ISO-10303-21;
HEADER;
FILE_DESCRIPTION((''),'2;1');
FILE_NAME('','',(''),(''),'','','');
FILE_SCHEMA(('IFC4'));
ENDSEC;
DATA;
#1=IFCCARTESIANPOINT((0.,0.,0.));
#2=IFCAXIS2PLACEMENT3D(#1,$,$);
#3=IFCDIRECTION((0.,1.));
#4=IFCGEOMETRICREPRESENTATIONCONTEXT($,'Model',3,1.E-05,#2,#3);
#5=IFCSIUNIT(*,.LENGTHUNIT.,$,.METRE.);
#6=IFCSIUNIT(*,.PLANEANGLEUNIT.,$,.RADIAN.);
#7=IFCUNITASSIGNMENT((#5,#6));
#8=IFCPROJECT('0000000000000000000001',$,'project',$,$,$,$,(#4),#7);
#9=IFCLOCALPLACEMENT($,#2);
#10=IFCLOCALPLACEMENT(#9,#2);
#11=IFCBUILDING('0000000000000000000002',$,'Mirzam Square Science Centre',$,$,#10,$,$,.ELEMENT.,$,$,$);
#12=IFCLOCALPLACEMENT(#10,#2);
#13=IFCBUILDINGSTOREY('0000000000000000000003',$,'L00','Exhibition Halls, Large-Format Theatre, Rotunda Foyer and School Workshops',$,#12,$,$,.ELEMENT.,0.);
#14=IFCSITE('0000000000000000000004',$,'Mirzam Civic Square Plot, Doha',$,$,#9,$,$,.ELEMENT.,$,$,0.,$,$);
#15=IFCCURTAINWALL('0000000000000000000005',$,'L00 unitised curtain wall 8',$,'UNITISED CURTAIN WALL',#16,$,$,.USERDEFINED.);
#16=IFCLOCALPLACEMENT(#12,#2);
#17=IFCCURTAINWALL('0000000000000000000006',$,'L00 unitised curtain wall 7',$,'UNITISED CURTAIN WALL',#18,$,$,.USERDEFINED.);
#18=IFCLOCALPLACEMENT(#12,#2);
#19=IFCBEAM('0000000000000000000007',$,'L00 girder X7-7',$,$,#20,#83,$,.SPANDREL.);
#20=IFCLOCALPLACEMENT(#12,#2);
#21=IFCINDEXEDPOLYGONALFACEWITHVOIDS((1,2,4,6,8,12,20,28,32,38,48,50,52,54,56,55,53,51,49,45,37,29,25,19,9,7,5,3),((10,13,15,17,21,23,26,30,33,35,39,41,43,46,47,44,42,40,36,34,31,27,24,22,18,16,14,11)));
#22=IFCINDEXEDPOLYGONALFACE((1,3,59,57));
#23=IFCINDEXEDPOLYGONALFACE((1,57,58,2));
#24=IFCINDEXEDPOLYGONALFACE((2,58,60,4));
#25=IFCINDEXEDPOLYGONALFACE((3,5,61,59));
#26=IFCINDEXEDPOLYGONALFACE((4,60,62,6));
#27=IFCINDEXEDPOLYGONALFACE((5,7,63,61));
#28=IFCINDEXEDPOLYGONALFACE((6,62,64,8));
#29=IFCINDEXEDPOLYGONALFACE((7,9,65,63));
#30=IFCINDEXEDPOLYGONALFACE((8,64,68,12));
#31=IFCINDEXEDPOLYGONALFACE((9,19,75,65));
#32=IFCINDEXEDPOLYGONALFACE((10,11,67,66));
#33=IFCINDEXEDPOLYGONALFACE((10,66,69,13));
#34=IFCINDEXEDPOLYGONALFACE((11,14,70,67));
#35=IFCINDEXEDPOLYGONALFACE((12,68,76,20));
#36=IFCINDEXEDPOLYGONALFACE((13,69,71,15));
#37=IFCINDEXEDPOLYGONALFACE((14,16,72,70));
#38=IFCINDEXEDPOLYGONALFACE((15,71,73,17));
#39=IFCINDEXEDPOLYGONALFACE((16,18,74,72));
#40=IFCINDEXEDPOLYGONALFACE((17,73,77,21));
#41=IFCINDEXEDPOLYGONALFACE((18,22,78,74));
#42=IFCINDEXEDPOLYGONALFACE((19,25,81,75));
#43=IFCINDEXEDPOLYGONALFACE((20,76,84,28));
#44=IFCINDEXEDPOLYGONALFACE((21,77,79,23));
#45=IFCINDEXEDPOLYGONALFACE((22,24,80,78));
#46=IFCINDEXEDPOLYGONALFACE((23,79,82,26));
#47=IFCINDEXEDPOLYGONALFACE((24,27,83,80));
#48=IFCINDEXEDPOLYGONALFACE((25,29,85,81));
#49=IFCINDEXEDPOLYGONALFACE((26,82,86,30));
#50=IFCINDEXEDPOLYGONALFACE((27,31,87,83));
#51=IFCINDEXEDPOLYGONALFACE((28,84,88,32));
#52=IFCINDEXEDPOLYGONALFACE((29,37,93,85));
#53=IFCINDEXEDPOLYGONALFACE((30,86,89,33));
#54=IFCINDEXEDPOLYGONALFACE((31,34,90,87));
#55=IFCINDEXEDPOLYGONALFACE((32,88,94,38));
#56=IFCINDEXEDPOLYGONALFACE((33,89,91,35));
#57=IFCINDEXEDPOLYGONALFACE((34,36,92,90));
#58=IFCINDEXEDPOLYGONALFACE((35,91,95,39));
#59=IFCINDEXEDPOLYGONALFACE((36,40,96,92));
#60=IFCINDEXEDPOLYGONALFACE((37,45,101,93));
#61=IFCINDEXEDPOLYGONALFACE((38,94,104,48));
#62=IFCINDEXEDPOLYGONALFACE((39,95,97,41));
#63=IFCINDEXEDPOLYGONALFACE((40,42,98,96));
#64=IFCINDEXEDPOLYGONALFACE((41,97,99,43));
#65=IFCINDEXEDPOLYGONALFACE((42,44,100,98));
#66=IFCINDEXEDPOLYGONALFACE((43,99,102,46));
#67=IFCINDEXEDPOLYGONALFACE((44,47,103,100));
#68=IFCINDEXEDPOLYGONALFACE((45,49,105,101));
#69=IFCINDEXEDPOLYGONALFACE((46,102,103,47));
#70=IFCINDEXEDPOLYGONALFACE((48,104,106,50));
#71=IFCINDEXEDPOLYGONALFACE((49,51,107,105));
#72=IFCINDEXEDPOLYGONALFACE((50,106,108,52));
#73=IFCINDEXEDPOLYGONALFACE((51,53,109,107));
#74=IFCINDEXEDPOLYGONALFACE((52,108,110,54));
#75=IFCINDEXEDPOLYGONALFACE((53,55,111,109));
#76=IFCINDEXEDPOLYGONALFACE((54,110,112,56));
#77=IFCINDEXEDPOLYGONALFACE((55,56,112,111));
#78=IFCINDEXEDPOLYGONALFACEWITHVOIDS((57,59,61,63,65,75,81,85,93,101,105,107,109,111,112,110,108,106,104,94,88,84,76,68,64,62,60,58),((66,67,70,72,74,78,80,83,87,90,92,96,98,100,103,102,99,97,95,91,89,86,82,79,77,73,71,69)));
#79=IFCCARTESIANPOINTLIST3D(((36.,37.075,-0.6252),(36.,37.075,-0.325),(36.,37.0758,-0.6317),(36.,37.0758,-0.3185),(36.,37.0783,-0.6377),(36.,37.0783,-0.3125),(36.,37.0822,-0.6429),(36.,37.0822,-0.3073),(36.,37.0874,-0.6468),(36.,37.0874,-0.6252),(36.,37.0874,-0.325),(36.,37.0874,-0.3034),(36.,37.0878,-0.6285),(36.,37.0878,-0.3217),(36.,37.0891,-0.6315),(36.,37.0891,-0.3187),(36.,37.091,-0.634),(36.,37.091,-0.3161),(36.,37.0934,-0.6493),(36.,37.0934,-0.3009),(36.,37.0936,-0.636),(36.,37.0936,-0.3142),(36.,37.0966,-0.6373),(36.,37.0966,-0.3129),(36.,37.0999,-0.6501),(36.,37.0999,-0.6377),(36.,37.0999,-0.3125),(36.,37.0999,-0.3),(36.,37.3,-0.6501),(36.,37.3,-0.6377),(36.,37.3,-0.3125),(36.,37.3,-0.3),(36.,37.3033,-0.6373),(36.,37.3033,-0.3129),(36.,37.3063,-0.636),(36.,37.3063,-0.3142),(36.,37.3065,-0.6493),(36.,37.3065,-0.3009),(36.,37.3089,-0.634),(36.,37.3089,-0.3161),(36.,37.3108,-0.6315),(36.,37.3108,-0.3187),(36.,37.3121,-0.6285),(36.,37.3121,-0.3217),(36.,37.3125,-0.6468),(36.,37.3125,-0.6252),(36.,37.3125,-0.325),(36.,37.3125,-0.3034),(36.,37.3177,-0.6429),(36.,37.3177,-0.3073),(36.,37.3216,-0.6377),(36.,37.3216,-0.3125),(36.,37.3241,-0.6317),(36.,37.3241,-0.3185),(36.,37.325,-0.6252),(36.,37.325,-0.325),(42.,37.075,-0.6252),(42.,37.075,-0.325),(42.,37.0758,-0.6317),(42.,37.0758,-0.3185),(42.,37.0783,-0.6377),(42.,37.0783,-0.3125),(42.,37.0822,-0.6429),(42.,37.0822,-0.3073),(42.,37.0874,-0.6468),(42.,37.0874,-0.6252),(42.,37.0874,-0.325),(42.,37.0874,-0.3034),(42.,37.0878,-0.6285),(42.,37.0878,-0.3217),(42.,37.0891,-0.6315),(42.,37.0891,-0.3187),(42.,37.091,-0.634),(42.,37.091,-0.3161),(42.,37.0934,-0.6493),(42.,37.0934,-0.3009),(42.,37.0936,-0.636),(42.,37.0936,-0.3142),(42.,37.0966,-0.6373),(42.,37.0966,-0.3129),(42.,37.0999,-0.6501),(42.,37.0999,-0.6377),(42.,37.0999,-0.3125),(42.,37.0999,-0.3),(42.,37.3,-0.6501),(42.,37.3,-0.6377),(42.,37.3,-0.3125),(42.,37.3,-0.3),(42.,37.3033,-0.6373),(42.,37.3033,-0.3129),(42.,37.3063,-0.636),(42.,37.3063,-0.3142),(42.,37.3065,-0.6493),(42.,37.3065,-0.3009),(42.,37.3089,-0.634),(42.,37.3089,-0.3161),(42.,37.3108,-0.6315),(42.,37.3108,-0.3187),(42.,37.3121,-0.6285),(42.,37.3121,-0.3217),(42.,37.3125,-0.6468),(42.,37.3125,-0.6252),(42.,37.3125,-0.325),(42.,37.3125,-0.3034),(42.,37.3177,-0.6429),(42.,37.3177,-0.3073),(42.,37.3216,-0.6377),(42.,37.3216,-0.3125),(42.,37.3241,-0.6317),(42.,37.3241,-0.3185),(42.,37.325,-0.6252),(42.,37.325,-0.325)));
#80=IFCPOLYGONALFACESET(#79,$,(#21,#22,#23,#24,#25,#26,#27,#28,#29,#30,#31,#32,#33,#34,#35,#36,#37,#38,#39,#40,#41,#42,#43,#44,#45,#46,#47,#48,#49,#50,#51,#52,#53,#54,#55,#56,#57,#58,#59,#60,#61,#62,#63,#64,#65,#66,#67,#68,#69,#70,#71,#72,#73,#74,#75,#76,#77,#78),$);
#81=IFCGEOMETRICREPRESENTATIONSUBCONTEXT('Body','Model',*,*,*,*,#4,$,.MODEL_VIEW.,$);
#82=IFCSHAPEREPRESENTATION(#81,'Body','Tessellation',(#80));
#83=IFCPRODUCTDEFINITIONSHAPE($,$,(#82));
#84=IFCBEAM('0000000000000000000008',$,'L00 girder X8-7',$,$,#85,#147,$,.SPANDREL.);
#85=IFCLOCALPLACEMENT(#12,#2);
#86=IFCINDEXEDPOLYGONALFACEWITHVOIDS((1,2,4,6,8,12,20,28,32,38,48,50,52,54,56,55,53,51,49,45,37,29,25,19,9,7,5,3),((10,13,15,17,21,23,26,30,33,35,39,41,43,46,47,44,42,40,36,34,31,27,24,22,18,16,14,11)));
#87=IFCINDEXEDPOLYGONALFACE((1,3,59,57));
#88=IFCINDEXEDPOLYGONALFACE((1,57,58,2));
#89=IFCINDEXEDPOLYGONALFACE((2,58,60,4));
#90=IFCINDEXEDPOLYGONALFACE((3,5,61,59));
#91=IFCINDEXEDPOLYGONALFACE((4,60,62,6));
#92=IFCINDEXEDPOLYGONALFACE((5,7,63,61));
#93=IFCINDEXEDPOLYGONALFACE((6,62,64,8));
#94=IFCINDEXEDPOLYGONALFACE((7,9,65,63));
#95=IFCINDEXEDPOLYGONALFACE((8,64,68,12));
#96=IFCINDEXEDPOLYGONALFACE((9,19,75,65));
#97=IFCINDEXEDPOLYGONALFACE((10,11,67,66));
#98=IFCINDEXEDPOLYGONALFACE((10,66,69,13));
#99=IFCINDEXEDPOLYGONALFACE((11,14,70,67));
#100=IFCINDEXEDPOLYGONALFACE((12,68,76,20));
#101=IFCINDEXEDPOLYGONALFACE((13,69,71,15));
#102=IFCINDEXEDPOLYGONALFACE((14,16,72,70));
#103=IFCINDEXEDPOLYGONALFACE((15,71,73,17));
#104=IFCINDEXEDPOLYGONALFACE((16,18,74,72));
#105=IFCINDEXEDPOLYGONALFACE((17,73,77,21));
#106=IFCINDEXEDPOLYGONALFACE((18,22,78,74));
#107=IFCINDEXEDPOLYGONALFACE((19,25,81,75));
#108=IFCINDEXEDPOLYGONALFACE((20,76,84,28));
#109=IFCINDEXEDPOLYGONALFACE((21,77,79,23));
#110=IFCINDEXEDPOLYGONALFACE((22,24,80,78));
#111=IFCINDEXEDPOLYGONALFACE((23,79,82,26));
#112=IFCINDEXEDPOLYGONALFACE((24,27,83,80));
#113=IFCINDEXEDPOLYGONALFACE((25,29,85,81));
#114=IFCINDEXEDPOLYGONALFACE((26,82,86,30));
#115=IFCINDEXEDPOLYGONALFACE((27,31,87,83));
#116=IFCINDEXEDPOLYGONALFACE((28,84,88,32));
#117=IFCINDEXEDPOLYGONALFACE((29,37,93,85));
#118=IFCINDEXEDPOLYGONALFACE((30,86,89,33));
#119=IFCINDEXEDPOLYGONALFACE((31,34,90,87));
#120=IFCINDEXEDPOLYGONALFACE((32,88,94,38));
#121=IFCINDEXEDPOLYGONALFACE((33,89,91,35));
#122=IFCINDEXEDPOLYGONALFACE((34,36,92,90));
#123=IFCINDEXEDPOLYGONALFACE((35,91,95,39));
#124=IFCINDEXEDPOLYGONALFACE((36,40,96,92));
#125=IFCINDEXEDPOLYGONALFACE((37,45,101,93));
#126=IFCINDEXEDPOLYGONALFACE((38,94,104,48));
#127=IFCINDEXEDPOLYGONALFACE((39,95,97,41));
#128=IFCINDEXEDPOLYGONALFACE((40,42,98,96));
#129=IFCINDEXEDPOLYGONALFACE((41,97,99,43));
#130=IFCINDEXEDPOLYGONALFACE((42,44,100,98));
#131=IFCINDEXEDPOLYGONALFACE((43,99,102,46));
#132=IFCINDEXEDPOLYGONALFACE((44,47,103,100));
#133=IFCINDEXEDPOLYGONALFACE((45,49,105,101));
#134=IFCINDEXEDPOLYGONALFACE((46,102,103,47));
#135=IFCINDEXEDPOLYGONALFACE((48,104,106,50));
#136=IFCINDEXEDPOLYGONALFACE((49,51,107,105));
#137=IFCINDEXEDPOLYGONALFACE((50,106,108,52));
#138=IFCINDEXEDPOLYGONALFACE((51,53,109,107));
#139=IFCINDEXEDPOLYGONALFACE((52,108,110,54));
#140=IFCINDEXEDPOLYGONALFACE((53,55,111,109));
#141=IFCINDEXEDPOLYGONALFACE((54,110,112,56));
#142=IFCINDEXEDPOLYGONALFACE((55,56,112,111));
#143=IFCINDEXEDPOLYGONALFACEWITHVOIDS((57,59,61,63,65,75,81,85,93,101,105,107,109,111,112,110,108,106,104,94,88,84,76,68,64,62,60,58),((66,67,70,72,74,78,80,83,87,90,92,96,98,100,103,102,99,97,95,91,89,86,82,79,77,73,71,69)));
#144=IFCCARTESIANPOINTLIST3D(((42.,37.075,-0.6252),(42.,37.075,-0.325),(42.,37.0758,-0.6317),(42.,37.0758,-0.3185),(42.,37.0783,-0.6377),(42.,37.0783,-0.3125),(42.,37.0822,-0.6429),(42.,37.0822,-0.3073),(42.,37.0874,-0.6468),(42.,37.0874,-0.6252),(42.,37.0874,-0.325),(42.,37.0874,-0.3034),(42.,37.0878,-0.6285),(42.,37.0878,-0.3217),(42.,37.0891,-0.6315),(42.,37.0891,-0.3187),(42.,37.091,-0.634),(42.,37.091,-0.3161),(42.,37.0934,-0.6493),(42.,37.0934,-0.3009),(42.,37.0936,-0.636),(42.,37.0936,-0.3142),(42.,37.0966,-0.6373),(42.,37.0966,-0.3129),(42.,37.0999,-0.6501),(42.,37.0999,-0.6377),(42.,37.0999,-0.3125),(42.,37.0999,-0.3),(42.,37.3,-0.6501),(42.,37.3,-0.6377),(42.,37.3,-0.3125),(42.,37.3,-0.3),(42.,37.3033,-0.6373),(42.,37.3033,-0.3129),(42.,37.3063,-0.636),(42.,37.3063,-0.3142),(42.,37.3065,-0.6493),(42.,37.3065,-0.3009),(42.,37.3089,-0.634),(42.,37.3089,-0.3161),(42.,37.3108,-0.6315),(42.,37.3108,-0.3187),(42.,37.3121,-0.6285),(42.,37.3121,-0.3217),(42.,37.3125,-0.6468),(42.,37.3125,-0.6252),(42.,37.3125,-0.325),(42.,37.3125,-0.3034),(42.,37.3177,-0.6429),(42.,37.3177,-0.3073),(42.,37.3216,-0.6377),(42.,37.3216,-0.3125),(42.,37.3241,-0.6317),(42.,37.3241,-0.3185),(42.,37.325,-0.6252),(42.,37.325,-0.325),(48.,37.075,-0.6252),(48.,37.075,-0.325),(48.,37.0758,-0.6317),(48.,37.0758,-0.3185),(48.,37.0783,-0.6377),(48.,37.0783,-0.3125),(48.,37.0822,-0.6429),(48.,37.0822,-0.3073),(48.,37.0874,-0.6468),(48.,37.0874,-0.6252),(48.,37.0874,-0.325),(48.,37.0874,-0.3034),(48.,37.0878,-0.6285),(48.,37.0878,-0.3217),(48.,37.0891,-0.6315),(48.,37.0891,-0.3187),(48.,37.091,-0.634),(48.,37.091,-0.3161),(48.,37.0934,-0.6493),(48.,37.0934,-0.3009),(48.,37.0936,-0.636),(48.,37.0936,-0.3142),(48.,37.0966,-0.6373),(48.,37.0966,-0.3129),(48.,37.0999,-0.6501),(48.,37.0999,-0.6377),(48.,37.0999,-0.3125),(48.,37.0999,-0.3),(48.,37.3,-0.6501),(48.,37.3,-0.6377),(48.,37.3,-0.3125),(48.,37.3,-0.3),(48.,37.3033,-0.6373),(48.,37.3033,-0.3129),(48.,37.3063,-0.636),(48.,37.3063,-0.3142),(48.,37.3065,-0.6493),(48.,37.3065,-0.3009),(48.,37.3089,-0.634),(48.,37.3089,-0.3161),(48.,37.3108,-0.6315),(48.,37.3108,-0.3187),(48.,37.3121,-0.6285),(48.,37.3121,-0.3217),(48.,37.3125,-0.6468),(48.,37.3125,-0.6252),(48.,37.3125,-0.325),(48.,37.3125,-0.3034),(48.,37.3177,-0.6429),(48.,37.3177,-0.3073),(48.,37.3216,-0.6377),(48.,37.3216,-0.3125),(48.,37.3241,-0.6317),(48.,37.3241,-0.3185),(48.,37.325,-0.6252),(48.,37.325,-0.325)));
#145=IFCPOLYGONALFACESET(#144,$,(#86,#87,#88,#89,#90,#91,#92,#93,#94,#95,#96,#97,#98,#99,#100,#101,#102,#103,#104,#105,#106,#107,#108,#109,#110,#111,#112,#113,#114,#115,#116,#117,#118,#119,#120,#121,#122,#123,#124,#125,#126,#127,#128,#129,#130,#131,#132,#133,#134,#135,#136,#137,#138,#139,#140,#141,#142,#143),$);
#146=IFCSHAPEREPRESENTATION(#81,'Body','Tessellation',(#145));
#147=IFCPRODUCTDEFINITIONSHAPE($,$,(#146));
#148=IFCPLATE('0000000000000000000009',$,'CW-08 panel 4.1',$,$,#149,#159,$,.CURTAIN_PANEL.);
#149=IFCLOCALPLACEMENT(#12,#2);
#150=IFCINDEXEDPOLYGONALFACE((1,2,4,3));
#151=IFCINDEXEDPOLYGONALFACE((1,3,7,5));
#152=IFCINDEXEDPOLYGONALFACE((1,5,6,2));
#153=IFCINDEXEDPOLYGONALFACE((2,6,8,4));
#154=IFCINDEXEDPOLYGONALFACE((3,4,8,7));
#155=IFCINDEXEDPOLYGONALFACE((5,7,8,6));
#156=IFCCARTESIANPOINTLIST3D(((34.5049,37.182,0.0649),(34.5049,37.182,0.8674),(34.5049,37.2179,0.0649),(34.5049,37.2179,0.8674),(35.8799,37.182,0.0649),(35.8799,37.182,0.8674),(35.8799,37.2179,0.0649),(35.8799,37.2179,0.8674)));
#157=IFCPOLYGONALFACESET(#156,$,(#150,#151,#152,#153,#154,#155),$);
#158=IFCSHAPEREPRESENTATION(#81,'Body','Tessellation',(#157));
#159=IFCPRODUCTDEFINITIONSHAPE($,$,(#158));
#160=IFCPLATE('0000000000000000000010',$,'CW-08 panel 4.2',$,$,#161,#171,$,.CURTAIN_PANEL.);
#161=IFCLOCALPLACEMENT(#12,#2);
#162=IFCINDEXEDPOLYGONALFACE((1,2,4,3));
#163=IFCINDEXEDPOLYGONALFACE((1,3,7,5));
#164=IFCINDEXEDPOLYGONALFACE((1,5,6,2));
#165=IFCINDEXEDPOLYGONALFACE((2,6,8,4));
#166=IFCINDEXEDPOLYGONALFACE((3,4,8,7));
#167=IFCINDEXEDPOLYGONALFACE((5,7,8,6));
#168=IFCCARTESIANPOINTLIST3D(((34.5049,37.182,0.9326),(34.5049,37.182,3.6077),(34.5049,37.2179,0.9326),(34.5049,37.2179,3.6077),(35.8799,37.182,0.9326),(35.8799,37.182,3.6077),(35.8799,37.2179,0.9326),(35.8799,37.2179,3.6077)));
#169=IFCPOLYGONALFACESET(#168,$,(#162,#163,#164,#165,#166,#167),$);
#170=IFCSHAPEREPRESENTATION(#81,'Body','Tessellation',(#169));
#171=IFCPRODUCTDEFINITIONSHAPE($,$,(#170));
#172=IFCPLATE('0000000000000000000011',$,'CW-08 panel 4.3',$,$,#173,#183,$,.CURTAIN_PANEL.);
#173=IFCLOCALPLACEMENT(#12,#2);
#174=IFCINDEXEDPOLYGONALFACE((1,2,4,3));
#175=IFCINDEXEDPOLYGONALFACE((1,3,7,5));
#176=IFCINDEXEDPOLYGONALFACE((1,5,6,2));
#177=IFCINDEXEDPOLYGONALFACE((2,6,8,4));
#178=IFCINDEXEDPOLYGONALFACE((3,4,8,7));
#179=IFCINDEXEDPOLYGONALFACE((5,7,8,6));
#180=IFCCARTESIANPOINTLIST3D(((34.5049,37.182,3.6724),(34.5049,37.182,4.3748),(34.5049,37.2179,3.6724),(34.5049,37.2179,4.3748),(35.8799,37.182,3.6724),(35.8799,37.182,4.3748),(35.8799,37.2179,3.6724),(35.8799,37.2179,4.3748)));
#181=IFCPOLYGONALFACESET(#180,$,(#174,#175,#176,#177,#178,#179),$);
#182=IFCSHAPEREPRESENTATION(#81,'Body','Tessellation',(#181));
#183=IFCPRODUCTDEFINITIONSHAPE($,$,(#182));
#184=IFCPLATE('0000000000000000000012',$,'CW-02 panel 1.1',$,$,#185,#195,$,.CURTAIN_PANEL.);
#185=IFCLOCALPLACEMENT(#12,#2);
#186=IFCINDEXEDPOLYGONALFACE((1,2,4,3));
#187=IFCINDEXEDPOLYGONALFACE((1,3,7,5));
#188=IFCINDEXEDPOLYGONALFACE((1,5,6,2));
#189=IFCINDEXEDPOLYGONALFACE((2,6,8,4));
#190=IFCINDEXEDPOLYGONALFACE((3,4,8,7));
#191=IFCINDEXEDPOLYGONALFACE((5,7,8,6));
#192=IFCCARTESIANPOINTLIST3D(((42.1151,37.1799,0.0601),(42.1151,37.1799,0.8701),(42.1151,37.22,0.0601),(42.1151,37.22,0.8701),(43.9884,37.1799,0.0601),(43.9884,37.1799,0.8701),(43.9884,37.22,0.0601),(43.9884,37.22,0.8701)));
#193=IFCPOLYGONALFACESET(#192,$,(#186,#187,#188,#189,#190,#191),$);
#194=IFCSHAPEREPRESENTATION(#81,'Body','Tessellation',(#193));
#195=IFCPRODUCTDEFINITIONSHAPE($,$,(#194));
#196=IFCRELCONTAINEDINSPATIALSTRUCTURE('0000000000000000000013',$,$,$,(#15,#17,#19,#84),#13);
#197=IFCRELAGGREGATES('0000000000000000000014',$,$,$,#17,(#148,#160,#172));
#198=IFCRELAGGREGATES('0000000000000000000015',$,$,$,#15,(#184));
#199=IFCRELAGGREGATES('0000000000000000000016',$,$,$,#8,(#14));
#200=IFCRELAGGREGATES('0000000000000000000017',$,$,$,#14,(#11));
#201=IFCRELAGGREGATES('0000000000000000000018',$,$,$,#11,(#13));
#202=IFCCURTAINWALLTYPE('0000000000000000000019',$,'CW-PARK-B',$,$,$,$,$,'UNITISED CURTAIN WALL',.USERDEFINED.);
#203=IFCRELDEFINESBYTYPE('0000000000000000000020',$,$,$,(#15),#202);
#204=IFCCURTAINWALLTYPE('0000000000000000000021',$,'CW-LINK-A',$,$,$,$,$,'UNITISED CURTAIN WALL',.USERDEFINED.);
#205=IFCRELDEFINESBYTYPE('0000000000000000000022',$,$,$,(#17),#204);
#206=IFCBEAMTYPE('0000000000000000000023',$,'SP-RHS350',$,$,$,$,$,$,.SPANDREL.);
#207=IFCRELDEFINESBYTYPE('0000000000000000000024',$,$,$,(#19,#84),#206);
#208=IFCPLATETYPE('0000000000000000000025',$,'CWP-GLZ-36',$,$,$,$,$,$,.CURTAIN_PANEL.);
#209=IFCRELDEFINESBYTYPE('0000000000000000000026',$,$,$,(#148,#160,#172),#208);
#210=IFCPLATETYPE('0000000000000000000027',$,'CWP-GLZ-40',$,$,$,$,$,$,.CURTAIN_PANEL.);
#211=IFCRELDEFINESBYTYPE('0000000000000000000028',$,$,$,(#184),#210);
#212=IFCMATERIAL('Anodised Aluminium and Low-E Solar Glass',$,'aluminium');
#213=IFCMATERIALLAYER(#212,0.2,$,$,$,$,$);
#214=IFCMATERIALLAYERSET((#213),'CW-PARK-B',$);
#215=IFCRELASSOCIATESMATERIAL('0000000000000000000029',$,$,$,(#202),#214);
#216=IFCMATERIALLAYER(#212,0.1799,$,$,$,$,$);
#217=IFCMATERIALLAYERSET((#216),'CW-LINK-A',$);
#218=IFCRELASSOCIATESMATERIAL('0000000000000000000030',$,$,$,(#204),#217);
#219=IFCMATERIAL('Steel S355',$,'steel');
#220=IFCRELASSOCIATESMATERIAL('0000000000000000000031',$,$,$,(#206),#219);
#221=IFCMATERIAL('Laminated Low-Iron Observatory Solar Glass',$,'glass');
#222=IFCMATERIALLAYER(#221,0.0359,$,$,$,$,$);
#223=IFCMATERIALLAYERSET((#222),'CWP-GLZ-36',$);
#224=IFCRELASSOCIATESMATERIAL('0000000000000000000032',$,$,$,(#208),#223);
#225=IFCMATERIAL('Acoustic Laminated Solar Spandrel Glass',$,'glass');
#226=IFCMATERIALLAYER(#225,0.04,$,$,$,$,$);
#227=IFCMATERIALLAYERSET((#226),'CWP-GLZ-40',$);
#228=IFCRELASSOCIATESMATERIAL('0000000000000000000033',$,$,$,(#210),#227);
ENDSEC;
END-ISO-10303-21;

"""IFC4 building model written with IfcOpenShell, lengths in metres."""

from ifc_helpers import new_model, si_unit, direction, frame, origin, origin_2d, place, context, subcontext, project, spatial, rectangle, hollow_rectangle, extrude, material, layer, layer_set, material_profile, profile_set, type_object, element, aggregate, save


model = new_model("IFC4")

# Units and contexts
model_context = context("Model", 3, precision=1e-05, world=origin(), true_north=direction((0.0, 1.0)))
body_context = subcontext(model_context, "Body", "Model", "MODEL_VIEW")
ifc_project = project(units=[si_unit("LENGTHUNIT", "METRE"), si_unit("PLANEANGLEUNIT", "RADIAN")], contexts=[model_context])

# Site, building, storey
site_placement = place(None, origin())
site = spatial("IfcSite", under=ifc_project, at=site_placement, Name="Mirzam Civic Square Plot, Doha", CompositionType="ELEMENT", RefElevation=0.0)
building_placement = place(site_placement, origin())
building = spatial("IfcBuilding", under=site, at=building_placement, Name="Mirzam Square Science Centre", CompositionType="ELEMENT")
storey_placement = place(building_placement, origin())
storey = spatial("IfcBuildingStorey", under=building, at=storey_placement, Name="L00", Description="Exhibition Halls, Large-Format Theatre, Rotunda Foyer and School Workshops", CompositionType="ELEMENT", Elevation=0.0)

# Shared definitions
ifc_material_1 = material(Name="Steel S355", Category="steel")

# Curtain walls
ifc_material_2 = material(Name="Anodised Aluminium and Low-E Solar Glass", Category="aluminium")
ifc_layer_1 = layer(ifc_material_2, 0.2)
ifc_layer_set_1 = layer_set([ifc_layer_1], Name="CW-PARK-B")
curtain_wall_type_1 = type_object("IfcCurtainWallType", Name="CW-PARK-B", ElementType="UNITISED CURTAIN WALL", PredefinedType="USERDEFINED", material=ifc_layer_set_1)
curtain_wall_1_placement = place(storey_placement, origin())
curtain_wall_1 = element("IfcCurtainWall", 1, at=curtain_wall_1_placement, inside=storey, type_object=curtain_wall_type_1, Name="L00 unitised curtain wall 8", ObjectType="UNITISED CURTAIN WALL", PredefinedType="USERDEFINED")
ifc_layer_2 = layer(ifc_material_2, 0.1799)
ifc_layer_set_2 = layer_set([ifc_layer_2], Name="CW-LINK-A")
curtain_wall_type_2 = type_object("IfcCurtainWallType", Name="CW-LINK-A", ElementType="UNITISED CURTAIN WALL", PredefinedType="USERDEFINED", material=ifc_layer_set_2)
curtain_wall_2_placement = place(storey_placement, origin())
curtain_wall_2 = element("IfcCurtainWall", 2, at=curtain_wall_2_placement, inside=storey, type_object=curtain_wall_type_2, Name="L00 unitised curtain wall 7", ObjectType="UNITISED CURTAIN WALL", PredefinedType="USERDEFINED")

# Beams
ifc_material_profile_1 = material_profile(ifc_material_1, hollow_rectangle(XDim=0.25, YDim=0.3501, WallThickness=0.0125, InnerFilletRadius=0.0125, OuterFilletRadius=0.0249, at=origin_2d()), Name="350x250x12.5RHS")
ifc_profile_set_1 = profile_set([ifc_material_profile_1], Name="Steel S355")
beam_type_1 = type_object("IfcBeamType", Name="SP-RHS350", PredefinedType="SPANDREL", material=ifc_profile_set_1)
for number, where, z_axis, x_axis, name in (
    (3, (36.0, 37.2, -0.4751), (1.0, 0.0, 0.0), (0.0, 1.0, 0.0), "L00 girder X7-7"),
    (4, (42.0, 37.2, -0.4751), (1.0, 0.0, 0.0), (0.0, 1.0, 0.0), "L00 girder X8-7"),
):
    element("IfcBeam", number, at=place(storey_placement, frame(where, z_axis=z_axis, x_axis=x_axis)), inside=storey, type_object=beam_type_1, Name=name, PredefinedType="SPANDREL", context=body_context, shape_type="SweptSolid", body=[
        extrude(hollow_rectangle(XDim=0.25, YDim=0.3501, WallThickness=0.0125, InnerFilletRadius=0.0125, OuterFilletRadius=0.0249, at=origin_2d()), origin(), (0.0, 0.0, 1.0), 6.0),
    ])

# Plates
ifc_material_3 = material(Name="Laminated Low-Iron Observatory Solar Glass", Category="glass")
ifc_layer_3 = layer(ifc_material_3, 0.0359)
ifc_layer_set_3 = layer_set([ifc_layer_3], Name="CWP-GLZ-36")
plate_type_1 = type_object("IfcPlateType", Name="CWP-GLZ-36", PredefinedType="CURTAIN_PANEL", material=ifc_layer_set_3)
plate_1_placement = place(storey_placement, frame((35.1924, 37.2, 0.0649), z_axis=(0.0, 0.0, 1.0), x_axis=(1.0, 0.0, 0.0)))
plate_1 = element("IfcPlate", 5, at=plate_1_placement, type_object=plate_type_1, Name="CW-08 panel 4.1", PredefinedType="CURTAIN_PANEL", context=body_context, shape_type="SweptSolid", body=[
    extrude(rectangle(XDim=1.375, YDim=0.0359, at=origin_2d()), origin(), (0.0, 0.0, 1.0), 0.8025),
])
plate_2_placement = place(storey_placement, frame((35.1924, 37.2, 0.9326), z_axis=(0.0, 0.0, 1.0), x_axis=(1.0, 0.0, 0.0)))
plate_2 = element("IfcPlate", 6, at=plate_2_placement, type_object=plate_type_1, Name="CW-08 panel 4.2", PredefinedType="CURTAIN_PANEL", context=body_context, shape_type="SweptSolid", body=[
    extrude(rectangle(XDim=1.375, YDim=0.0359, at=origin_2d()), origin(), (0.0, 0.0, 1.0), 2.675),
])
plate_3_placement = place(storey_placement, frame((35.1924, 37.2, 3.6724), z_axis=(0.0, 0.0, 1.0), x_axis=(1.0, 0.0, 0.0)))
plate_3 = element("IfcPlate", 7, at=plate_3_placement, type_object=plate_type_1, Name="CW-08 panel 4.3", PredefinedType="CURTAIN_PANEL", context=body_context, shape_type="SweptSolid", body=[
    extrude(rectangle(XDim=1.375, YDim=0.0359, at=origin_2d()), origin(), (0.0, 0.0, 1.0), 0.7024),
])
aggregate(curtain_wall_2, [plate_1, plate_2, plate_3])
ifc_material_4 = material(Name="Acoustic Laminated Solar Spandrel Glass", Category="glass")
ifc_layer_4 = layer(ifc_material_4, 0.04)
ifc_layer_set_4 = layer_set([ifc_layer_4], Name="CWP-GLZ-40")
plate_type_2 = type_object("IfcPlateType", Name="CWP-GLZ-40", PredefinedType="CURTAIN_PANEL", material=ifc_layer_set_4)
plate_4_placement = place(storey_placement, frame((43.0518, 37.2, 0.0601), z_axis=(0.0, 0.0, 1.0), x_axis=(1.0, 0.0, 0.0)))
plate_4 = element("IfcPlate", 8, at=plate_4_placement, type_object=plate_type_2, Name="CW-02 panel 1.1", PredefinedType="CURTAIN_PANEL", context=body_context, shape_type="SweptSolid", body=[
    extrude(rectangle(XDim=1.8733, YDim=0.04, at=origin_2d()), origin(), (0.0, 0.0, 1.0), 0.8101),
])
aggregate(curtain_wall_1, [plate_4])

save(model, "model.ifc")
